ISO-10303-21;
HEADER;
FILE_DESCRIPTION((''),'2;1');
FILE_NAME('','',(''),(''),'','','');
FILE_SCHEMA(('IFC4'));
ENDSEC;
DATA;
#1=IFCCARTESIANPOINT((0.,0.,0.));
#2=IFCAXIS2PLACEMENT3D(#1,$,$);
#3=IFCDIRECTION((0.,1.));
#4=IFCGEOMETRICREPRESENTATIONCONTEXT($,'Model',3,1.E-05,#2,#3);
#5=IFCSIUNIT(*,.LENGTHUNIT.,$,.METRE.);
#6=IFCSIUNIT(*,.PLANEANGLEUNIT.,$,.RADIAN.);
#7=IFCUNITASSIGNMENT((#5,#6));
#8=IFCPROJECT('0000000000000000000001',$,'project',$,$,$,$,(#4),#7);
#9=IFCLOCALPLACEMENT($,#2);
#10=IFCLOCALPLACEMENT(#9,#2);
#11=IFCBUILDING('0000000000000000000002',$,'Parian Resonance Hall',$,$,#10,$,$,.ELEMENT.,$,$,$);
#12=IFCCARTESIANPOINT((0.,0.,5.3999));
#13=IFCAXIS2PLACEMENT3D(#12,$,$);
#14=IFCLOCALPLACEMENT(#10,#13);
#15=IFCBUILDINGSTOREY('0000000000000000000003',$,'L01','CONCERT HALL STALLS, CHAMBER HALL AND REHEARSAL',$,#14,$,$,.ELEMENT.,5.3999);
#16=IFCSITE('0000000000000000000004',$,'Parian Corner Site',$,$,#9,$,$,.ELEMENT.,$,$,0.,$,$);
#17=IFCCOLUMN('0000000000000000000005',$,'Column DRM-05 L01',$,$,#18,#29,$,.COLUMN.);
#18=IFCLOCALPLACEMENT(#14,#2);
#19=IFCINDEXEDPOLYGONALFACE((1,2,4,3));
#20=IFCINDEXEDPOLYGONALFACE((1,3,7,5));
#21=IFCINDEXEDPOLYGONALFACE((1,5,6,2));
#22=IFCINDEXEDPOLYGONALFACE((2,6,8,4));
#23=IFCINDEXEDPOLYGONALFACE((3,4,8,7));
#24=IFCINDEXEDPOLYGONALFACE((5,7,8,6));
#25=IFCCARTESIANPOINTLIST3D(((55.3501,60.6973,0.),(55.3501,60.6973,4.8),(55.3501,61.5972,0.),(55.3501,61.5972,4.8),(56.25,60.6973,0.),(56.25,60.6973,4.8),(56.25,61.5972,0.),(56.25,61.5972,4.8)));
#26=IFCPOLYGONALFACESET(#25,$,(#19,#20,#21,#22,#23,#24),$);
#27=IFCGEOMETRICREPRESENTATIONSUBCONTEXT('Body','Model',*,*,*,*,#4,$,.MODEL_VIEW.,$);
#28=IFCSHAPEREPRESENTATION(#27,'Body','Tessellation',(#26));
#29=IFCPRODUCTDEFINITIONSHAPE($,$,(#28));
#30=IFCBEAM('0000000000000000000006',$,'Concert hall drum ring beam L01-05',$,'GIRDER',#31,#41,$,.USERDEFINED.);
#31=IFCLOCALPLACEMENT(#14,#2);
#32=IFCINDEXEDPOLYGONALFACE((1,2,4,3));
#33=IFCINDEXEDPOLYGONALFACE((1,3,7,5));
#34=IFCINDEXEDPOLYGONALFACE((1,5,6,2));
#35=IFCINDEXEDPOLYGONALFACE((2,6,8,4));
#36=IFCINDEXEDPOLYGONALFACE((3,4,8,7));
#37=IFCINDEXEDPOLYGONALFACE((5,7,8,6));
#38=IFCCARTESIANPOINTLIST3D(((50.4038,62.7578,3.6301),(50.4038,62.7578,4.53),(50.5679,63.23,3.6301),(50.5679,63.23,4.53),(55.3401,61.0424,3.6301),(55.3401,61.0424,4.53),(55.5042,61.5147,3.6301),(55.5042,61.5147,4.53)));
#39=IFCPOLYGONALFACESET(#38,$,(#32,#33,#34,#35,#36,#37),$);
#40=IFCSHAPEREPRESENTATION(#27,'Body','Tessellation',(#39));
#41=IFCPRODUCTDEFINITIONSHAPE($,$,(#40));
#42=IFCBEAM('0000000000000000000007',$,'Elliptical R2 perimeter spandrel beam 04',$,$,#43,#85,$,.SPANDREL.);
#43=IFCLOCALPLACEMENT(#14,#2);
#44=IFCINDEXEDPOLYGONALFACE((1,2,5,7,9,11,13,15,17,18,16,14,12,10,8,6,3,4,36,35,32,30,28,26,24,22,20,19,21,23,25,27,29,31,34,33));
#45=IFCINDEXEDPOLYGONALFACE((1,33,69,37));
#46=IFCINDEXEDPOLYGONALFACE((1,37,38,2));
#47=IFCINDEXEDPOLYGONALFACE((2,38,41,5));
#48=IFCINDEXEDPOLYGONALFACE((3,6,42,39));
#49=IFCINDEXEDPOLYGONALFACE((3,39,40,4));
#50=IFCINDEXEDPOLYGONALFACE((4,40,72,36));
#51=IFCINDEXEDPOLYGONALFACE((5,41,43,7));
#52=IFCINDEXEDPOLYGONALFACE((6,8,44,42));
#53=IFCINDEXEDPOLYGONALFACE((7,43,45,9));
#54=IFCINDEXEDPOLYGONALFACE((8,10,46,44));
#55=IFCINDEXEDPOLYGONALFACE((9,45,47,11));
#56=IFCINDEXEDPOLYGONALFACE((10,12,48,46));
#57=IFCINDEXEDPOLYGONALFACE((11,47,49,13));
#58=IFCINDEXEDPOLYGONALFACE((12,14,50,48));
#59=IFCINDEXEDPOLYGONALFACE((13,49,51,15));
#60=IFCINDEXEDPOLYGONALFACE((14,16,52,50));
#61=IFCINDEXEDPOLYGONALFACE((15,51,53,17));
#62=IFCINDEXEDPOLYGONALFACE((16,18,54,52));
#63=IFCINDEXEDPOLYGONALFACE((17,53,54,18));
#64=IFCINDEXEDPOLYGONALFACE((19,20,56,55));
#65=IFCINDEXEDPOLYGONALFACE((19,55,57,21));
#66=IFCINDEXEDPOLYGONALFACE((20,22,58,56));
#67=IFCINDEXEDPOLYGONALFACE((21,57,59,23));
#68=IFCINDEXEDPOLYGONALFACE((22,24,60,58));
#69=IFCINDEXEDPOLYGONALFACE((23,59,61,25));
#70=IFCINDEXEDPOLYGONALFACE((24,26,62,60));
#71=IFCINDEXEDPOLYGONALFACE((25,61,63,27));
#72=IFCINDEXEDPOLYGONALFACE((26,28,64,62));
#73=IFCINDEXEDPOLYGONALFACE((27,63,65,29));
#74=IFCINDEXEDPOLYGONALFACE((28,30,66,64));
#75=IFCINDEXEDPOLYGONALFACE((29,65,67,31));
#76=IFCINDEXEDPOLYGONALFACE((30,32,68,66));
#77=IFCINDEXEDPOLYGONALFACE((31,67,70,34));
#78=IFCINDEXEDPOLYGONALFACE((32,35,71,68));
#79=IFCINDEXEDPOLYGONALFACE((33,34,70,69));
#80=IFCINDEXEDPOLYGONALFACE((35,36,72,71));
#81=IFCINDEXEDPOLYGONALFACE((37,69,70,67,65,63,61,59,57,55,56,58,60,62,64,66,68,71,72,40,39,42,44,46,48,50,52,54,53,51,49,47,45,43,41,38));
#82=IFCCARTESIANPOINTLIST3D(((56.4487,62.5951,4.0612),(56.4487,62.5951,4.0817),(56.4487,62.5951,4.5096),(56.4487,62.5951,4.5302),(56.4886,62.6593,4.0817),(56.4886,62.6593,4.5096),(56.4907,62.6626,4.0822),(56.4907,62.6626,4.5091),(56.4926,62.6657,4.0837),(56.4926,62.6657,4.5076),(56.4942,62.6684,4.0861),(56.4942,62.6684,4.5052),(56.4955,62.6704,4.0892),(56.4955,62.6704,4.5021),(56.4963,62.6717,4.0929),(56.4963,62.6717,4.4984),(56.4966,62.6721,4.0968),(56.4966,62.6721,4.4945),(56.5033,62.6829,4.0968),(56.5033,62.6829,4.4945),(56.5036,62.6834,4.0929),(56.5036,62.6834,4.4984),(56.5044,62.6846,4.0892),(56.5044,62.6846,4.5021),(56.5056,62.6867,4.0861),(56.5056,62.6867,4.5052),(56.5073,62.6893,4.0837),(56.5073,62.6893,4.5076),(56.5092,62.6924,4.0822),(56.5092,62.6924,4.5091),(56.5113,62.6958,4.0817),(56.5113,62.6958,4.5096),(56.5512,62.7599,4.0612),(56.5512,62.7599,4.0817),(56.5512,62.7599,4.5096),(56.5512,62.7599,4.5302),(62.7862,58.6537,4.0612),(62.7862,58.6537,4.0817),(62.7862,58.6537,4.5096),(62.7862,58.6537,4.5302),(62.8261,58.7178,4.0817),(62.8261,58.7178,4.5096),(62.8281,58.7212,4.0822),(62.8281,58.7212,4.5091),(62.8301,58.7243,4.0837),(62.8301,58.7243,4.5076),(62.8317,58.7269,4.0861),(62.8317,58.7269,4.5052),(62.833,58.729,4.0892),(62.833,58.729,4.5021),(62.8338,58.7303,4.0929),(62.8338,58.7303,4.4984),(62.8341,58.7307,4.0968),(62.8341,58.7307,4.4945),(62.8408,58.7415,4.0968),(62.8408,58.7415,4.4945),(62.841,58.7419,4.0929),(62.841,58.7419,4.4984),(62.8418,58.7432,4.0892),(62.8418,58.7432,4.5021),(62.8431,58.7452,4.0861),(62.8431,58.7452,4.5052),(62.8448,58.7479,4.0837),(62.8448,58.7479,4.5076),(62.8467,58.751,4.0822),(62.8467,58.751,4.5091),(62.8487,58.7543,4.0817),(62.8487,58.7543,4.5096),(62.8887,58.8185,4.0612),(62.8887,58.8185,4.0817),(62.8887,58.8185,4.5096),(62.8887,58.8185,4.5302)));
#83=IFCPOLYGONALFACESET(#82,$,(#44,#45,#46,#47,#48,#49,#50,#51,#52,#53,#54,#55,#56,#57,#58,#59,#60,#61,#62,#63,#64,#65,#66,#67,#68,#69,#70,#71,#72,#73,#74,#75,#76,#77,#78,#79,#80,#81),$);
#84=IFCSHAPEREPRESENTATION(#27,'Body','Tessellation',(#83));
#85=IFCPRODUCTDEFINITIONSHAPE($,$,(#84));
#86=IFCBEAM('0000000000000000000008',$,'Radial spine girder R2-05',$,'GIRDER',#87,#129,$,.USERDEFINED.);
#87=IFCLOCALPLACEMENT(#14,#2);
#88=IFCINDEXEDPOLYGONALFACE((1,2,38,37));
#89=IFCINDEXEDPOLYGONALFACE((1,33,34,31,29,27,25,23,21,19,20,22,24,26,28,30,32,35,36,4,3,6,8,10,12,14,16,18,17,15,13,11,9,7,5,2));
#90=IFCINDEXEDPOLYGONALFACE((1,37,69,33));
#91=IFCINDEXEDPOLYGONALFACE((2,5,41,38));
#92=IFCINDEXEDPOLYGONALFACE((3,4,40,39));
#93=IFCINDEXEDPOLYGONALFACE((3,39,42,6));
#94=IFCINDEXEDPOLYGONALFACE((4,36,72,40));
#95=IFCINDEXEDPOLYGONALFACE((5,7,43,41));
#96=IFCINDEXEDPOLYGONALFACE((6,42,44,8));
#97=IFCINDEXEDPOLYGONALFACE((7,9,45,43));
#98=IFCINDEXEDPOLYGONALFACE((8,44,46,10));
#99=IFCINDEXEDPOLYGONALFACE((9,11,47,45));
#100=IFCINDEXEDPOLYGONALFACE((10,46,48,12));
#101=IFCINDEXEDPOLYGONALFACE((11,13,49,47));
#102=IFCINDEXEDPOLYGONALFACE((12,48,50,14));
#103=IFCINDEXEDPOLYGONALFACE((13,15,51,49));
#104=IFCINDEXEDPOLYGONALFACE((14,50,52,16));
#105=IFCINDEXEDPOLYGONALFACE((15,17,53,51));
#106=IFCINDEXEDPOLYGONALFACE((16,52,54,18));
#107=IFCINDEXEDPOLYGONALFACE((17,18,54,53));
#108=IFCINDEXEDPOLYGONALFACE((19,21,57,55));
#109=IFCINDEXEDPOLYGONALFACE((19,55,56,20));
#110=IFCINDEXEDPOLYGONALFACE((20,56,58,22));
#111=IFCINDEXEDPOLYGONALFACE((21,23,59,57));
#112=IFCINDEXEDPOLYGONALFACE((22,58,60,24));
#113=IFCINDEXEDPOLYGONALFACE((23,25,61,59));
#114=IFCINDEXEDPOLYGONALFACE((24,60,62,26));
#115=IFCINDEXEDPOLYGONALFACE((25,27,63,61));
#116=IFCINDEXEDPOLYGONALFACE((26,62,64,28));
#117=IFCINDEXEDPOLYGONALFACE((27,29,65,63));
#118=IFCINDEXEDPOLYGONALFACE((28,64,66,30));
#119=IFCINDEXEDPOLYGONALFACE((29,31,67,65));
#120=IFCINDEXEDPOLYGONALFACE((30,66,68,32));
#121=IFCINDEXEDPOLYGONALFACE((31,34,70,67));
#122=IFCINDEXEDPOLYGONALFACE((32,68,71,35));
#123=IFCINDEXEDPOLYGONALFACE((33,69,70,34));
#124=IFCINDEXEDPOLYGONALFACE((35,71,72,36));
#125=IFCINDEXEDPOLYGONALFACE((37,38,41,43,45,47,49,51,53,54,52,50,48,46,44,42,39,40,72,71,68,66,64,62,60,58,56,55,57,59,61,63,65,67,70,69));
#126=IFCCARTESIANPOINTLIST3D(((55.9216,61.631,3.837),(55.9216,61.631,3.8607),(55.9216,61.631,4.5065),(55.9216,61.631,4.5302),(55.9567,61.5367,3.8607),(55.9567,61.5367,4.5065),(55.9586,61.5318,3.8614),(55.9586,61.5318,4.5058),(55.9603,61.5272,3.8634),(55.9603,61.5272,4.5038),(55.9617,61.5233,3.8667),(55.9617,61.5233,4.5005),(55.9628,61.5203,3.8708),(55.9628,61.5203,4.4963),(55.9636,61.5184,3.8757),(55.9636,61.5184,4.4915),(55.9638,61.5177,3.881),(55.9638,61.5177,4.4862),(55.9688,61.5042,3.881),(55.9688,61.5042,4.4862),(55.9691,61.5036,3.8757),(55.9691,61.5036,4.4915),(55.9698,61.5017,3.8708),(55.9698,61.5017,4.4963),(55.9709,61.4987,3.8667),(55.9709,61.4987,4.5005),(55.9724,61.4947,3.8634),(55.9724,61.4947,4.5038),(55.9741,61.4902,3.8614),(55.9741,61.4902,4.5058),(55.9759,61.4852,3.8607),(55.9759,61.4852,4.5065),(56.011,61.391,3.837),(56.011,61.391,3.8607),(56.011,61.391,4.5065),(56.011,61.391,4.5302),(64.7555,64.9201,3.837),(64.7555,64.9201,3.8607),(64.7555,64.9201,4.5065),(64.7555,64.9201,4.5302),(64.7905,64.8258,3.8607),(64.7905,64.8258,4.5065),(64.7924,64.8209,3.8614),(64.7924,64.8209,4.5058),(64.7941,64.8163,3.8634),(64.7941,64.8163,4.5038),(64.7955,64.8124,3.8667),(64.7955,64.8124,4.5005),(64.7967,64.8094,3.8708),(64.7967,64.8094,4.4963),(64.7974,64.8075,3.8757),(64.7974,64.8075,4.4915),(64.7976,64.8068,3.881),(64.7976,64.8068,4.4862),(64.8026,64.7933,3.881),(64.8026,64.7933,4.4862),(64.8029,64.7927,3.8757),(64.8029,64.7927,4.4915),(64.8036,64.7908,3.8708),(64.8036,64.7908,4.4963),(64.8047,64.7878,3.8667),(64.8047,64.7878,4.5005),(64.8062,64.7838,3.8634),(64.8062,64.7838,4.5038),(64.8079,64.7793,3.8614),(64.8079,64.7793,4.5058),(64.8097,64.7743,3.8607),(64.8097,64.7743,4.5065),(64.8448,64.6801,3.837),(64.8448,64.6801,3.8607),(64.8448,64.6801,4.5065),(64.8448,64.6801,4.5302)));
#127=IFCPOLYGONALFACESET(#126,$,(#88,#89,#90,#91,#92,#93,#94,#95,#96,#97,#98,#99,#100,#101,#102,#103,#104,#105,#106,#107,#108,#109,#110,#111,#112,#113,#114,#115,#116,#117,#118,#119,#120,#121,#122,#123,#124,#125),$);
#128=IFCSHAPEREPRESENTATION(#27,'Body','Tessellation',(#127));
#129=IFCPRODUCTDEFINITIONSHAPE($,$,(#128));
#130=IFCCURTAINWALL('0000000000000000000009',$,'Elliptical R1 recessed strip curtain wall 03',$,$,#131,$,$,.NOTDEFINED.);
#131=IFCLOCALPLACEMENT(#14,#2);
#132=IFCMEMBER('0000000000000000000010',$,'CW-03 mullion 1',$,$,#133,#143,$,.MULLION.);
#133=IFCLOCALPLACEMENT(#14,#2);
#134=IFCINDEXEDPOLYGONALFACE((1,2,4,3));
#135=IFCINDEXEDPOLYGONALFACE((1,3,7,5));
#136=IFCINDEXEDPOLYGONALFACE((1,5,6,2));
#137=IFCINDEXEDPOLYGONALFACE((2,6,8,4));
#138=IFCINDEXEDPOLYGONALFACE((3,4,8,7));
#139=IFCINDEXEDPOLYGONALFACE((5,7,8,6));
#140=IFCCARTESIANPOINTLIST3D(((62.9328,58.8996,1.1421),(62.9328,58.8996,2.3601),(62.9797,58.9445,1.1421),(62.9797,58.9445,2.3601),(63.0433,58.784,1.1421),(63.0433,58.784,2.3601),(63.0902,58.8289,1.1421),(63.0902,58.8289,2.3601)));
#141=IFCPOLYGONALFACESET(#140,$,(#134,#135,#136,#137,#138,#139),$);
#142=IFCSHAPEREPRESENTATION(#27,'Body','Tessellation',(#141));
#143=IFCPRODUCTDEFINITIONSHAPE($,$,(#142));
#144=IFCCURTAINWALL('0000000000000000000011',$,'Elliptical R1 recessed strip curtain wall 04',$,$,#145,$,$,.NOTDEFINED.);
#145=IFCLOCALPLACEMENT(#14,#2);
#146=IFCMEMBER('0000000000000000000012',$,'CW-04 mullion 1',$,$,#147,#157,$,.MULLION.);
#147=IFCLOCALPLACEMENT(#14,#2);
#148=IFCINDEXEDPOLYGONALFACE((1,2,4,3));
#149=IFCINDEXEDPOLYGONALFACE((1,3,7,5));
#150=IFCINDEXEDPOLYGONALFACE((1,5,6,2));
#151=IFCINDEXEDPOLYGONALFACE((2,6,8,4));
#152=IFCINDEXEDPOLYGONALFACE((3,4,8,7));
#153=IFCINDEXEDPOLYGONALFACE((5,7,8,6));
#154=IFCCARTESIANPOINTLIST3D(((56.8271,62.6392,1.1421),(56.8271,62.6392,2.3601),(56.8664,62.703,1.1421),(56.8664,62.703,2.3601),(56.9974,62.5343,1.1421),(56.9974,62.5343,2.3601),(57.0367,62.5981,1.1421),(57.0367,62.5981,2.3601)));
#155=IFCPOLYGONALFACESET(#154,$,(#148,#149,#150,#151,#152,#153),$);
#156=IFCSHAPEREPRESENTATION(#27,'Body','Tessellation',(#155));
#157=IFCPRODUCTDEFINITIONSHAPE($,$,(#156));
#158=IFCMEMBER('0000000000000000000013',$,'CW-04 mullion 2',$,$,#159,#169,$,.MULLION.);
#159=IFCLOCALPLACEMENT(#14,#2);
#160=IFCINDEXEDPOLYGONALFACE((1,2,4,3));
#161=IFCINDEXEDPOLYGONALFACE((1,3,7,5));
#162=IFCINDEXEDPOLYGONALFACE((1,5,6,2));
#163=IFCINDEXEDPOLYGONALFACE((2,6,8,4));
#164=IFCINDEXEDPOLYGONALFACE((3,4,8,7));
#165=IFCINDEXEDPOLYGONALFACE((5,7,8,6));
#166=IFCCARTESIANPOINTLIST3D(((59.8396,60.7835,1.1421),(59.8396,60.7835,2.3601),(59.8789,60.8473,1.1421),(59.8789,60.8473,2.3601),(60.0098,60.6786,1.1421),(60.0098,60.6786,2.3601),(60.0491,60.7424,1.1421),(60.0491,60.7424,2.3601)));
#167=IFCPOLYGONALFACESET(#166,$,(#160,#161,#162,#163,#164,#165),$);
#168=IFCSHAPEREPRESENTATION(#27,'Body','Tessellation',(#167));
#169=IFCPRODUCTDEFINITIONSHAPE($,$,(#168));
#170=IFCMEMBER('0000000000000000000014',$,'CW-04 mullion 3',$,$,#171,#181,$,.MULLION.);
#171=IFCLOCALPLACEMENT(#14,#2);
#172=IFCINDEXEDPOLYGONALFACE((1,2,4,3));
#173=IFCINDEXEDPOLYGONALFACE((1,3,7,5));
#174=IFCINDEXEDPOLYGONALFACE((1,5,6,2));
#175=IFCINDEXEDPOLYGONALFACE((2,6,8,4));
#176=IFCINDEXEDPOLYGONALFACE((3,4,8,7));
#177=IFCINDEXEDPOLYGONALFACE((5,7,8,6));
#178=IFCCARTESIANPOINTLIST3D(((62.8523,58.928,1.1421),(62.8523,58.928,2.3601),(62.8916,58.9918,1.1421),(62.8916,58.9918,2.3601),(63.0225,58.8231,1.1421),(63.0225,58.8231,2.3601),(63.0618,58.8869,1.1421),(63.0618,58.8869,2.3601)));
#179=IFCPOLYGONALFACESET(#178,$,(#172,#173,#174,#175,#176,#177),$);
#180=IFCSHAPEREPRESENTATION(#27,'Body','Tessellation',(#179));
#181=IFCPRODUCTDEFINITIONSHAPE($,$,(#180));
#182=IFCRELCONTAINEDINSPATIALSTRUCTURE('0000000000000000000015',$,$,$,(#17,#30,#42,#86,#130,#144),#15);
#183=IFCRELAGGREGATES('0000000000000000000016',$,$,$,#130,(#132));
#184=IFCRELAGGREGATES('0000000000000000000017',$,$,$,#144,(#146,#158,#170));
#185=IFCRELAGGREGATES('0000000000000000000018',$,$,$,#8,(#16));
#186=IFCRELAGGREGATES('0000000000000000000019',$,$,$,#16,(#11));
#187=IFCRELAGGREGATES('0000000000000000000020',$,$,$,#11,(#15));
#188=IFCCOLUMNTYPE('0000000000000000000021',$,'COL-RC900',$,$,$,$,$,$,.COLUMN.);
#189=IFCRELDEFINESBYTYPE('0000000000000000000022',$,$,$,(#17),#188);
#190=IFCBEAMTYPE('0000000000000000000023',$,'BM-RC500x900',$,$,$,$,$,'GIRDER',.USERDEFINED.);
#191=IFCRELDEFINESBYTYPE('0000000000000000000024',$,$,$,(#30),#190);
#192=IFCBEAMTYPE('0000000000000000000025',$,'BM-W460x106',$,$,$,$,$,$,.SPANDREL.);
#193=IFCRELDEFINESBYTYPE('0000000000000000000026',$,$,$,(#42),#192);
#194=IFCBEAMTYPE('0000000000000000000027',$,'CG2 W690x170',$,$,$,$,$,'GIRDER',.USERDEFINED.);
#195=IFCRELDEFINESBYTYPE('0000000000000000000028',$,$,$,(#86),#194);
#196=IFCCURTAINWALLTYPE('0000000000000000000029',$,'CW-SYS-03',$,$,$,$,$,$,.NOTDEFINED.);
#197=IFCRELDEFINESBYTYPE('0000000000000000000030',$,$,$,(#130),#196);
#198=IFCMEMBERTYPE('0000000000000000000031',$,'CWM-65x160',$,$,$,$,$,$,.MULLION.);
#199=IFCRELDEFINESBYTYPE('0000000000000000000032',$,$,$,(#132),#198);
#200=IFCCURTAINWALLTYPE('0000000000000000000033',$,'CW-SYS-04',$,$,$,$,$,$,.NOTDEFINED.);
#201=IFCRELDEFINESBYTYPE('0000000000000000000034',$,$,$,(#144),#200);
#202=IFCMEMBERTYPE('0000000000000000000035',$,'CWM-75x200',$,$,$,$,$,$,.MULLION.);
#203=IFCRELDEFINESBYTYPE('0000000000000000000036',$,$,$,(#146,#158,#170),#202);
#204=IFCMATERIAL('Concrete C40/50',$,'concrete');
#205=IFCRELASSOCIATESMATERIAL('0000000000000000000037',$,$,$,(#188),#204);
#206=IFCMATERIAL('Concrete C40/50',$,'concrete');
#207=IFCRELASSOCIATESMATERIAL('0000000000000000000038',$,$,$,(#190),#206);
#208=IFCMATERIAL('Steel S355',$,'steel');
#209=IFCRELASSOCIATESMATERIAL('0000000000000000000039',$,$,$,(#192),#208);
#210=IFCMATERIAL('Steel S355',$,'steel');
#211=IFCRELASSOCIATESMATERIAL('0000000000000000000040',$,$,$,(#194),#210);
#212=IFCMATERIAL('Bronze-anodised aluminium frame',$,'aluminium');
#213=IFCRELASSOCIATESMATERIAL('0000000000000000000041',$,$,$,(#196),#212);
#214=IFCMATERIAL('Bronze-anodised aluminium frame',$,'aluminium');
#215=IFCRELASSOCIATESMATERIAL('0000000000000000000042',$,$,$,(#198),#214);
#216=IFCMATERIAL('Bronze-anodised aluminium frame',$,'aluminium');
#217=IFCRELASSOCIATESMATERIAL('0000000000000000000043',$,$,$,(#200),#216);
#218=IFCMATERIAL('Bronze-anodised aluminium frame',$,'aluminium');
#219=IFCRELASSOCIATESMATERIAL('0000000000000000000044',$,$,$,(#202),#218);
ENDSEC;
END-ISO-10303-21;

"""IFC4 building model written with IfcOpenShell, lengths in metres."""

from ifc_helpers import new_model, si_unit, direction, frame, origin, origin_2d, place, context, subcontext, project, spatial, rectangle, i_section, extrude, material, material_profile, profile_set, type_object, element, aggregate, save


model = new_model("IFC4")

# Units and contexts
model_context = context("Model", 3, precision=1e-05, world=origin(), true_north=direction((0.0, 1.0)))
body_context = subcontext(model_context, "Body", "Model", "MODEL_VIEW")
ifc_project = project(units=[si_unit("LENGTHUNIT", "METRE"), si_unit("PLANEANGLEUNIT", "RADIAN")], contexts=[model_context])

# Site, building, storey
site_placement = place(None, origin())
site = spatial("IfcSite", under=ifc_project, at=site_placement, Name="Parian Corner Site", CompositionType="ELEMENT", RefElevation=0.0)
building_placement = place(site_placement, origin())
building = spatial("IfcBuilding", under=site, at=building_placement, Name="Parian Resonance Hall", CompositionType="ELEMENT")
storey_placement = place(building_placement, frame((0.0, 0.0, 5.3999)))
storey = spatial("IfcBuildingStorey", under=building, at=storey_placement, Name="L01", Description="CONCERT HALL STALLS, CHAMBER HALL AND REHEARSAL", CompositionType="ELEMENT", Elevation=5.3999)

# Column
ifc_material_1 = material(Name="Concrete C40/50", Category="concrete")
ifc_material_profile_1 = material_profile(ifc_material_1, rectangle(XDim=0.8999, YDim=0.8999, at=origin_2d()), Name="RC-COL-900x900")
ifc_profile_set_1 = profile_set([ifc_material_profile_1], Name="Concrete C40/50")
column_type = type_object("IfcColumnType", Name="COL-RC900", PredefinedType="COLUMN", material=ifc_profile_set_1)
column_placement = place(storey_placement, frame((55.8, 61.1472, 0.0), z_axis=(0.0, 0.0, 1.0), x_axis=(1.0, 0.0, 0.0)))
element("IfcColumn", 1, at=column_placement, inside=storey, type_object=column_type, Name="Column DRM-05 L01", PredefinedType="COLUMN", context=body_context, shape_type="SweptSolid", body=[
    extrude(rectangle(XDim=0.8999, YDim=0.8999, at=origin_2d()), origin(), (0.0, 0.0, 1.0), 4.8),
])

# Beams
ifc_material_2 = material(Name="Concrete C40/50", Category="concrete")
ifc_material_profile_2 = material_profile(ifc_material_2, rectangle(XDim=0.5, YDim=0.8999, at=origin_2d()), Name="RC-BM-500x900")
ifc_profile_set_2 = profile_set([ifc_material_profile_2], Name="Concrete C40/50")
beam_type_1 = type_object("IfcBeamType", Name="BM-RC500x900", ElementType="GIRDER", PredefinedType="USERDEFINED", material=ifc_profile_set_2)
beam_1_placement = place(storey_placement, frame((55.4221, 61.2786, 4.0801), z_axis=(-0.944594, 0.328242, 0.0), x_axis=(-0.328242, -0.944594, 0.0)))
element("IfcBeam", 2, at=beam_1_placement, inside=storey, type_object=beam_type_1, Name="Concert hall drum ring beam L01-05", ObjectType="GIRDER", PredefinedType="USERDEFINED", context=body_context, shape_type="SweptSolid", body=[
    extrude(rectangle(XDim=0.5, YDim=0.8999, at=origin_2d()), origin(), (0.0, 0.0, 1.0), 5.2258),
])
ifc_material_3 = material(Name="Steel S355", Category="steel")
ifc_material_profile_3 = material_profile(ifc_material_3, i_section(OverallWidth=0.1941, OverallDepth=0.469, WebThickness=0.0127, FlangeThickness=0.0205, FilletRadius=0.0151, at=origin_2d()), Name="W460x106")
ifc_profile_set_3 = profile_set([ifc_material_profile_3], Name="Steel S355")
beam_type_2 = type_object("IfcBeamType", Name="BM-W460x106", PredefinedType="SPANDREL", material=ifc_profile_set_3)
beam_2_placement = place(storey_placement, frame((62.8374, 58.7361, 4.2957), z_axis=(-0.849169, 0.528122, 0.0), x_axis=(-0.528122, -0.849169, 0.0)))
element("IfcBeam", 3, at=beam_2_placement, inside=storey, type_object=beam_type_2, Name="Elliptical R2 perimeter spandrel beam 04", PredefinedType="SPANDREL", context=body_context, shape_type="SweptSolid", body=[
    extrude(i_section(OverallWidth=0.1941, OverallDepth=0.469, WebThickness=0.0127, FlangeThickness=0.0205, FilletRadius=0.0151, at=origin_2d()), origin(), (0.0, 0.0, 1.0), 7.4631),
])
ifc_material_4 = material(Name="Steel S355", Category="steel")
ifc_material_profile_4 = material_profile(ifc_material_4, i_section(OverallWidth=0.2561, OverallDepth=0.6931, WebThickness=0.0144, FlangeThickness=0.0237, FilletRadius=0.0203, at=origin_2d()), Name="W690x170")
ifc_profile_set_4 = profile_set([ifc_material_profile_4], Name="Steel S355")
beam_type_3 = type_object("IfcBeamType", Name="CG2 W690x170", ElementType="GIRDER", PredefinedType="USERDEFINED", material=ifc_profile_set_4)
beam_3_placement = place(storey_placement, frame((55.9663, 61.511, 4.1836), z_axis=(0.937149, 0.348928, 0.0), x_axis=(-0.348928, 0.937149, 0.0)))
element("IfcBeam", 4, at=beam_3_placement, inside=storey, type_object=beam_type_3, Name="Radial spine girder R2-05", ObjectType="GIRDER", PredefinedType="USERDEFINED", context=body_context, shape_type="SweptSolid", body=[
    extrude(i_section(OverallWidth=0.2561, OverallDepth=0.6931, WebThickness=0.0144, FlangeThickness=0.0237, FilletRadius=0.0203, at=origin_2d()), origin(), (0.0, 0.0, 1.0), 9.4263),
])

# Curtain wall, member
ifc_material_5 = material(Name="Bronze-anodised aluminium frame", Category="aluminium")
curtain_wall_type_1 = type_object("IfcCurtainWallType", Name="CW-SYS-03", PredefinedType="NOTDEFINED", material=ifc_material_5)
curtain_wall_1_placement = place(storey_placement, origin())
curtain_wall_1 = element("IfcCurtainWall", 5, at=curtain_wall_1_placement, inside=storey, type_object=curtain_wall_type_1, Name="Elliptical R1 recessed strip curtain wall 03", PredefinedType="NOTDEFINED")
ifc_material_6 = material(Name="Bronze-anodised aluminium frame", Category="aluminium")
ifc_material_profile_5 = material_profile(ifc_material_6, rectangle(XDim=0.0649, YDim=0.1599, at=origin_2d()), Name="CWM-65x160")
ifc_profile_set_5 = profile_set([ifc_material_profile_5], Name="Bronze-anodised aluminium frame")
member_type_1 = type_object("IfcMemberType", Name="CWM-65x160", PredefinedType="MULLION", material=ifc_profile_set_5)
member_1_placement = place(storey_placement, frame((63.0115, 58.8643, 1.1421), z_axis=(0.0, 0.0, 1.0), x_axis=(0.722863, 0.690992, 0.0)))
member_1 = element("IfcMember", 6, at=member_1_placement, type_object=member_type_1, Name="CW-03 mullion 1", PredefinedType="MULLION", context=body_context, shape_type="SweptSolid", body=[
    extrude(rectangle(XDim=0.0649, YDim=0.1599, at=origin_2d()), origin(), (0.0, 0.0, 1.0), 1.218),
])

# Curtain wall, members
ifc_material_7 = material(Name="Bronze-anodised aluminium frame", Category="aluminium")
curtain_wall_type_2 = type_object("IfcCurtainWallType", Name="CW-SYS-04", PredefinedType="NOTDEFINED", material=ifc_material_7)
curtain_wall_2_placement = place(storey_placement, origin())
curtain_wall_2 = element("IfcCurtainWall", 7, at=curtain_wall_2_placement, inside=storey, type_object=curtain_wall_type_2, Name="Elliptical R1 recessed strip curtain wall 04", PredefinedType="NOTDEFINED")
ifc_material_8 = material(Name="Bronze-anodised aluminium frame", Category="aluminium")
ifc_material_profile_6 = material_profile(ifc_material_8, rectangle(XDim=0.075, YDim=0.2, at=origin_2d()), Name="CWM-75x200")
ifc_profile_set_6 = profile_set([ifc_material_profile_6], Name="Bronze-anodised aluminium frame")
member_type_2 = type_object("IfcMemberType", Name="CWM-75x200", PredefinedType="MULLION", material=ifc_profile_set_6)
member_2_placement = place(storey_placement, frame((56.9319, 62.6187, 1.1421), z_axis=(0.0, 0.0, 1.0), x_axis=(0.524451, 0.851441, 0.0)))
member_2 = element("IfcMember", 8, at=member_2_placement, type_object=member_type_2, Name="CW-04 mullion 1", PredefinedType="MULLION", context=body_context, shape_type="SweptSolid", body=[
    extrude(rectangle(XDim=0.075, YDim=0.2, at=origin_2d()), origin(), (0.0, 0.0, 1.0), 1.218),
])
member_3_placement = place(storey_placement, frame((59.9443, 60.7629, 1.1421), z_axis=(0.0, 0.0, 1.0), x_axis=(0.524451, 0.851441, 0.0)))
member_3 = element("IfcMember", 9, at=member_3_placement, type_object=member_type_2, Name="CW-04 mullion 2", PredefinedType="MULLION", context=body_context, shape_type="SweptSolid", body=[
    extrude(rectangle(XDim=0.075, YDim=0.2, at=origin_2d()), origin(), (0.0, 0.0, 1.0), 1.218),
])
member_4_placement = place(storey_placement, frame((62.957, 58.9075, 1.1421), z_axis=(0.0, 0.0, 1.0), x_axis=(0.524451, 0.851441, 0.0)))
member_4 = element("IfcMember", 10, at=member_4_placement, type_object=member_type_2, Name="CW-04 mullion 3", PredefinedType="MULLION", context=body_context, shape_type="SweptSolid", body=[
    extrude(rectangle(XDim=0.075, YDim=0.2, at=origin_2d()), origin(), (0.0, 0.0, 1.0), 1.218),
])

aggregate(curtain_wall_1, [member_1])

aggregate(curtain_wall_2, [member_2, member_3, member_4])

save(model, "model.ifc")
